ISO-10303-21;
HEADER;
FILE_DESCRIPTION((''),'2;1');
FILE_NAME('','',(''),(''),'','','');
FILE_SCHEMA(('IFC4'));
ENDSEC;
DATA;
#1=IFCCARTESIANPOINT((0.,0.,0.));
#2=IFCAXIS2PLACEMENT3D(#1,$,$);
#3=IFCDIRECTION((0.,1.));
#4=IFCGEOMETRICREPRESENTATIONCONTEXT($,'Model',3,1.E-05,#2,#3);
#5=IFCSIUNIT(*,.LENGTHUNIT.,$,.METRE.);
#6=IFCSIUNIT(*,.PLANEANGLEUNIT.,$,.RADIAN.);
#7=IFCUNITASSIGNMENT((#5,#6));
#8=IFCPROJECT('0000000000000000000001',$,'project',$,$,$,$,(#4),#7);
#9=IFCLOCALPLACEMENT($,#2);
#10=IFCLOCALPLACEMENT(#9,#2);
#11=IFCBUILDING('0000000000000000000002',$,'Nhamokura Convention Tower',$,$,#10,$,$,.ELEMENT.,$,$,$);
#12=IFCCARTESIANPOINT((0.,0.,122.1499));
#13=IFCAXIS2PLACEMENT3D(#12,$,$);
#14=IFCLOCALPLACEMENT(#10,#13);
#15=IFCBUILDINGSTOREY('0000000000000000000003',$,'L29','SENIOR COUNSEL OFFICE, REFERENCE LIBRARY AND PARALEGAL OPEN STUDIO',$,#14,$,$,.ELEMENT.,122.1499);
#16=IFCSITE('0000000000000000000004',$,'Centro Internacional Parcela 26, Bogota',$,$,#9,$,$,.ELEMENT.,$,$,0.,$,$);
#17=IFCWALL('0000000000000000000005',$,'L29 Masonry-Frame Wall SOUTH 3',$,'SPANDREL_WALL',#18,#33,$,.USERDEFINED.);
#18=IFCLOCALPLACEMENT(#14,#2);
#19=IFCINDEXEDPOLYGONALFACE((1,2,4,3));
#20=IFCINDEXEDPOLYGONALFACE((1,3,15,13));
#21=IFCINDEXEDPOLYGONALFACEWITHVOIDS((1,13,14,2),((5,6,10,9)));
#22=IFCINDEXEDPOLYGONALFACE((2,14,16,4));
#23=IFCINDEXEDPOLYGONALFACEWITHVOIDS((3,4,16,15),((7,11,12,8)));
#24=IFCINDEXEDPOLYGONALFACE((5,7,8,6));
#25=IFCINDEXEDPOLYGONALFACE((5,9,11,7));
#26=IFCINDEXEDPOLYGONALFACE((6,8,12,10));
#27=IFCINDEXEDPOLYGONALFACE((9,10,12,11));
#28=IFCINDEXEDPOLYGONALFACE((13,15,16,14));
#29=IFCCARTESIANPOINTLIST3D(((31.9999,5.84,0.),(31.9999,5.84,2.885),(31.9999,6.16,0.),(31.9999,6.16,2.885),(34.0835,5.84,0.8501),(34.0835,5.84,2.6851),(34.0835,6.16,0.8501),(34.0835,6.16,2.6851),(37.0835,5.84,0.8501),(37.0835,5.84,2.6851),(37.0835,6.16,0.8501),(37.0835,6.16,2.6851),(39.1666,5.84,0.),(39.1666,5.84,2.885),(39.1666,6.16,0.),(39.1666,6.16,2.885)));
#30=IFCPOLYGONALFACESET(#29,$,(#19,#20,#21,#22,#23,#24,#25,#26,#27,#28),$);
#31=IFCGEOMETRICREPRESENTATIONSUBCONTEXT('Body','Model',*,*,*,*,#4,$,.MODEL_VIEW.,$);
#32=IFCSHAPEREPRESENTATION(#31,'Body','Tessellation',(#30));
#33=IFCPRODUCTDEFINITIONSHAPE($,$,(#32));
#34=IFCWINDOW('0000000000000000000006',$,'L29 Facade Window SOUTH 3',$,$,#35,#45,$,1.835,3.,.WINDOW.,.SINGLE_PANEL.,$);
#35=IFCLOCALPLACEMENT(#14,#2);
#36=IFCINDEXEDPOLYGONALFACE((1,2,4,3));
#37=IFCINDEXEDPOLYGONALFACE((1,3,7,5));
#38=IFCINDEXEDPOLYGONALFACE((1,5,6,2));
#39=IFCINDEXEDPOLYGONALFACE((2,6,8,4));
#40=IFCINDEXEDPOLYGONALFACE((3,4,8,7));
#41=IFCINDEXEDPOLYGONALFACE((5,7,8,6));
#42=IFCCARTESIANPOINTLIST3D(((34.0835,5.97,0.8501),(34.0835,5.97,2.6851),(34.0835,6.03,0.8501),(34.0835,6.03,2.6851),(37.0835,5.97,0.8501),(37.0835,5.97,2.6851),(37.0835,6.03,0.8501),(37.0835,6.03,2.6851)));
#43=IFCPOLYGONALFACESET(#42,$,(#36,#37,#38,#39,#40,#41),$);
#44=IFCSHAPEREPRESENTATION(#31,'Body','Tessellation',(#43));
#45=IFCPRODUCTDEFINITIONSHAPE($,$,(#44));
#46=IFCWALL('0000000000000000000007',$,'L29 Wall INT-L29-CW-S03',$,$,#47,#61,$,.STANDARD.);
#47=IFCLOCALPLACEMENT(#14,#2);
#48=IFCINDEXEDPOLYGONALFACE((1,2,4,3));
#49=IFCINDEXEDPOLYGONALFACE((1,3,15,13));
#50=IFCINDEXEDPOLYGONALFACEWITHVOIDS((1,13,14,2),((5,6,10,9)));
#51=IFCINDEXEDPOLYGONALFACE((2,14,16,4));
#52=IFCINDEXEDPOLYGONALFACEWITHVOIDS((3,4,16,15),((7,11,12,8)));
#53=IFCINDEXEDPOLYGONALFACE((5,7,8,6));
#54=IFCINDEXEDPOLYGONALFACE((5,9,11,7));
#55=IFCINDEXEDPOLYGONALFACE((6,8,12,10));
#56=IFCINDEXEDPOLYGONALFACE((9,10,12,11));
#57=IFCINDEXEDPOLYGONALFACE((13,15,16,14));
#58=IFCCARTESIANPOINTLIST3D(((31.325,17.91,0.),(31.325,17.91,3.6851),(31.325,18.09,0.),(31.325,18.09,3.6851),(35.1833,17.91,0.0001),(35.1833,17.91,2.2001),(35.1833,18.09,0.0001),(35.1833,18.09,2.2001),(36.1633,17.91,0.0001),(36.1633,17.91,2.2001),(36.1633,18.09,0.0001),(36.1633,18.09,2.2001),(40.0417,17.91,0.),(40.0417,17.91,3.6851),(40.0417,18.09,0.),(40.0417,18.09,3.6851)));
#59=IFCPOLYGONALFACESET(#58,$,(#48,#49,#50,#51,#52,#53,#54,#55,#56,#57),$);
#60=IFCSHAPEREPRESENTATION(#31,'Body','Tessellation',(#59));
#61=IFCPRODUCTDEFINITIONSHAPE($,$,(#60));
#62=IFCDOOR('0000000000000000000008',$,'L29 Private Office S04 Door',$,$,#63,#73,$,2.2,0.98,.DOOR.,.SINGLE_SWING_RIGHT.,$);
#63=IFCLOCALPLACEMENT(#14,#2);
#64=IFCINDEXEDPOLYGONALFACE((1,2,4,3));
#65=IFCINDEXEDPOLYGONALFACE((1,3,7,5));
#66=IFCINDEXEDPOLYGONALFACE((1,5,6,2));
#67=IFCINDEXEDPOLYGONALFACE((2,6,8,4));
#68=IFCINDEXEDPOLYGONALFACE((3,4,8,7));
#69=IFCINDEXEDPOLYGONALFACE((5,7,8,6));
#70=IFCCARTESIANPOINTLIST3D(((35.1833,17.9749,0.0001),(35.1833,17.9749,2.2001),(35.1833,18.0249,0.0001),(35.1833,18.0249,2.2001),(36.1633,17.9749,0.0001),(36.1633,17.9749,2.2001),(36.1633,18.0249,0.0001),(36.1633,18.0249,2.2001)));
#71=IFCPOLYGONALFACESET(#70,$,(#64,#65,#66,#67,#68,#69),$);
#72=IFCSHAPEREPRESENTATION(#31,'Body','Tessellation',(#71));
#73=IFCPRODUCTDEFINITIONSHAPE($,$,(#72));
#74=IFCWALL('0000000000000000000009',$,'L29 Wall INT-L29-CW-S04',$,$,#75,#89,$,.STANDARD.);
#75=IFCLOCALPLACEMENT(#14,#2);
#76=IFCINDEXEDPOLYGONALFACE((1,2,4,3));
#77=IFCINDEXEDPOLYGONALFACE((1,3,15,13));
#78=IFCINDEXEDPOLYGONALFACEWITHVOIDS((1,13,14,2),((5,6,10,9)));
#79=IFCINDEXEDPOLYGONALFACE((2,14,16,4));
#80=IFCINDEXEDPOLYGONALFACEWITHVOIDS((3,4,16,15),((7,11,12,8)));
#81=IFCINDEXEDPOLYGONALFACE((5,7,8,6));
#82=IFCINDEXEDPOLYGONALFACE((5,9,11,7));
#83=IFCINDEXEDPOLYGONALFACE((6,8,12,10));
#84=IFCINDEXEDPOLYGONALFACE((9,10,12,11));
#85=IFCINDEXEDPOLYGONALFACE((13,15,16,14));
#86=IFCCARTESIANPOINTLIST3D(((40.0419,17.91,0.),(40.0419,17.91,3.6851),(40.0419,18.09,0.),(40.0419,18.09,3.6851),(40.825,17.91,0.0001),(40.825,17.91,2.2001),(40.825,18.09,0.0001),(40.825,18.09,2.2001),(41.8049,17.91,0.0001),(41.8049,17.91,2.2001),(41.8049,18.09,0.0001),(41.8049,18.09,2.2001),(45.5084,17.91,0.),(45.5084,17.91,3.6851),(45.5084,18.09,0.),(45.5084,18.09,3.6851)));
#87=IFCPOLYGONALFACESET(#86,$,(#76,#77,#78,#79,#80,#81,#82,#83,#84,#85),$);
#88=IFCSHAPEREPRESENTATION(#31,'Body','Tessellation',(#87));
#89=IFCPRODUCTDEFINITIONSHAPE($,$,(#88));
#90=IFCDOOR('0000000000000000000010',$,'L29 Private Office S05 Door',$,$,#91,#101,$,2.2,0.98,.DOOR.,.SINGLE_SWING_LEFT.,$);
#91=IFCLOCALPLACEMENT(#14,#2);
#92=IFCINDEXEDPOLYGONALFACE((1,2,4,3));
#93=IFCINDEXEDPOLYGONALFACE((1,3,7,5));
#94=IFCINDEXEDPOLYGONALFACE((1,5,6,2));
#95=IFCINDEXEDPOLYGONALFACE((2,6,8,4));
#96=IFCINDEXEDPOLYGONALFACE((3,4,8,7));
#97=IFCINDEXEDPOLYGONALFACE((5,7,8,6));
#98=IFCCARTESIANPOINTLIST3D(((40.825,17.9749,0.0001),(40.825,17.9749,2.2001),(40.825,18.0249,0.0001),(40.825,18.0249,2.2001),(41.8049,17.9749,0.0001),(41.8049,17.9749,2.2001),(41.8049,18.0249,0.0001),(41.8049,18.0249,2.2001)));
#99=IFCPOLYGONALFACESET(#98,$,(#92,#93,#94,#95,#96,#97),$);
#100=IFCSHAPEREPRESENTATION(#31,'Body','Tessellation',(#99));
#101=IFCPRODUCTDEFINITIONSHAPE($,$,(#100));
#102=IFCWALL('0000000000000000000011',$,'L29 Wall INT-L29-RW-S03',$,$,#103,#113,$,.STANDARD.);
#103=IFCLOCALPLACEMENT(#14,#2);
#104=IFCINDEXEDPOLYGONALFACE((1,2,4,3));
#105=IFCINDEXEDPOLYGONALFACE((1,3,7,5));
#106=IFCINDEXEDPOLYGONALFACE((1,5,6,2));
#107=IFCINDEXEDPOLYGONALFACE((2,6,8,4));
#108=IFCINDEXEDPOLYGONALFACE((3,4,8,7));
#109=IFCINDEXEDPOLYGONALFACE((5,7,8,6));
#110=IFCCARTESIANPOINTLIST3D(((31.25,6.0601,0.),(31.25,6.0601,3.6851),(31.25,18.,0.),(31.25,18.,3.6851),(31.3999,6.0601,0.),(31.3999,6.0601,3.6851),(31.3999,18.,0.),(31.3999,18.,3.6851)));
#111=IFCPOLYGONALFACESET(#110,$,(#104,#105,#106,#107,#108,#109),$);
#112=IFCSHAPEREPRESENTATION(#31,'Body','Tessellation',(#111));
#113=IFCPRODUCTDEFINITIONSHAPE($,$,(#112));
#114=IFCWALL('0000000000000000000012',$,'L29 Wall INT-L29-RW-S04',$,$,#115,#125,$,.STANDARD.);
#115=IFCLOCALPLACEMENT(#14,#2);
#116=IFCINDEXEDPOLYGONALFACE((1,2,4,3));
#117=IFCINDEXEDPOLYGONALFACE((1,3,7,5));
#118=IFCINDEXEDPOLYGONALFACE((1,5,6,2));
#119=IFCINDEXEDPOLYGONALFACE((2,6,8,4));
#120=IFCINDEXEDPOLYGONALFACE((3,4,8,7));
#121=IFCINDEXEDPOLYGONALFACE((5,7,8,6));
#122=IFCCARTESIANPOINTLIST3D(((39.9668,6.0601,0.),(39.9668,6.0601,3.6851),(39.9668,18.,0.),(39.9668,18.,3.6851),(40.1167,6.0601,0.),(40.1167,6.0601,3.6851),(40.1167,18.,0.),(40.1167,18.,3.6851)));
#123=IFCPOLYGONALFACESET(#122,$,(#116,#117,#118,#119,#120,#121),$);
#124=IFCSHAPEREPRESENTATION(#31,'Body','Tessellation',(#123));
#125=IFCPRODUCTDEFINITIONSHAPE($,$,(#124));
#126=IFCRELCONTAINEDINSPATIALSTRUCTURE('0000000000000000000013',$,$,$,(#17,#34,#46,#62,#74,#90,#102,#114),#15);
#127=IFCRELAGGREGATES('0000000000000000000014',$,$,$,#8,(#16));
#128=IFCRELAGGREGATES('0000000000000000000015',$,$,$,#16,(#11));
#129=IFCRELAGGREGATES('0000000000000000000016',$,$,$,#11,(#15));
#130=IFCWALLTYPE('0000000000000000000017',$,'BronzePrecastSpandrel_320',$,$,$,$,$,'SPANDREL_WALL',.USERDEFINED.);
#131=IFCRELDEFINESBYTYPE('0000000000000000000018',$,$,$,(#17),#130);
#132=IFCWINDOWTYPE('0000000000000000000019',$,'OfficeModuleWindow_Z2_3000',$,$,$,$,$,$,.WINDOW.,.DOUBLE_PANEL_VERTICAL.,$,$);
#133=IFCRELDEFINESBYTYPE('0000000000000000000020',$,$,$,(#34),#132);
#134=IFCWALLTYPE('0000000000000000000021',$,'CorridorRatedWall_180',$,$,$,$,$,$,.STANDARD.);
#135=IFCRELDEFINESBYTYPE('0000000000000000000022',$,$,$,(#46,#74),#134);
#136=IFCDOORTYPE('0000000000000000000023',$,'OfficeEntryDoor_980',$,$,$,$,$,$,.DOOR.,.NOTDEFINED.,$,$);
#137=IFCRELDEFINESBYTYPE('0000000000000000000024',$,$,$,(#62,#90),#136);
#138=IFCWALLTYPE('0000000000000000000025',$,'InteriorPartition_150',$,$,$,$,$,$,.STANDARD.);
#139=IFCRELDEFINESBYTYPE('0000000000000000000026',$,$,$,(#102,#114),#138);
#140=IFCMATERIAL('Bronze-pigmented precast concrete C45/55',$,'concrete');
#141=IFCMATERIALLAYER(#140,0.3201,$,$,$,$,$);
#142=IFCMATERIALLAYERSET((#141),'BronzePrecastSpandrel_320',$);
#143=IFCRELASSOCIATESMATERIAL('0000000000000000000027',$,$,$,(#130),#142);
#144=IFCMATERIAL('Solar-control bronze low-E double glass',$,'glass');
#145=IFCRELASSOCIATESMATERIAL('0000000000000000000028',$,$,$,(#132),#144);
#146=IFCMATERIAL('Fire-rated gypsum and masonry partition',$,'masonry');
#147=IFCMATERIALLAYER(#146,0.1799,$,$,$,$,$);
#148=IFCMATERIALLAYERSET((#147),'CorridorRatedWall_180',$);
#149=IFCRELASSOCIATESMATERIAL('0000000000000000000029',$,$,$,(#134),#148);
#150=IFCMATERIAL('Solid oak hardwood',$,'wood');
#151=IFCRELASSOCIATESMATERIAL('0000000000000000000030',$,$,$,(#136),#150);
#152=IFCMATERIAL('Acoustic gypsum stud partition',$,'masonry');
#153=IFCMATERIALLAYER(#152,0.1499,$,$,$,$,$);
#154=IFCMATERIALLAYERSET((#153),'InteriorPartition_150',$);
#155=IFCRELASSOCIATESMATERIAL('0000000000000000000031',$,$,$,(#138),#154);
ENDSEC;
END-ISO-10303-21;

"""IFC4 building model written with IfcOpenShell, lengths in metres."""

from ifc_helpers import new_model, si_unit, direction, frame, frame_2d, origin, place, context, subcontext, project, spatial, rectangle, extrude, material, layer, layer_set, type_object, element, fill, save


model = new_model("IFC4")

# Units and contexts
model_context = context("Model", 3, precision=1e-05, world=origin(), true_north=direction((0.0, 1.0)))
body_context = subcontext(model_context, "Body", "Model", "MODEL_VIEW")
ifc_project = project(units=[si_unit("LENGTHUNIT", "METRE"), si_unit("PLANEANGLEUNIT", "RADIAN")], contexts=[model_context])

# Site, building, storey
site_placement = place(None, origin())
site = spatial("IfcSite", under=ifc_project, at=site_placement, Name="Centro Internacional Parcela 26, Bogota", CompositionType="ELEMENT", RefElevation=0.0)
building_placement = place(site_placement, origin())
building = spatial("IfcBuilding", under=site, at=building_placement, Name="Nhamokura Convention Tower", CompositionType="ELEMENT")
storey_placement = place(building_placement, frame((0.0, 0.0, 122.1499)))
storey = spatial("IfcBuildingStorey", under=building, at=storey_placement, Name="L29", Description="SENIOR COUNSEL OFFICE, REFERENCE LIBRARY AND PARALEGAL OPEN STUDIO", CompositionType="ELEMENT", Elevation=122.1499)

# Wall, opening, window
ifc_material_1 = material(Name="Bronze-pigmented precast concrete C45/55", Category="concrete")
ifc_layer_1 = layer(ifc_material_1, 0.3201)
ifc_layer_set_1 = layer_set([ifc_layer_1], Name="BronzePrecastSpandrel_320")
wall_type_1 = type_object("IfcWallType", Name="BronzePrecastSpandrel_320", ElementType="SPANDREL_WALL", PredefinedType="USERDEFINED", material=ifc_layer_set_1)
ifc_material_2 = material(Name="Solar-control bronze low-E double glass", Category="glass")
window_type = type_object("IfcWindowType", Name="OfficeModuleWindow_Z2_3000", PartitioningType="DOUBLE_PANEL_VERTICAL", PredefinedType="WINDOW", material=ifc_material_2)
wall_1_placement = place(storey_placement, frame((39.1667, 6.0, 0.0), z_axis=(0.0, 0.0, 1.0), x_axis=(-1.0, 0.0, 0.0)))
wall_1 = element("IfcWall", 1, at=wall_1_placement, inside=storey, type_object=wall_type_1, Name="L29 Masonry-Frame Wall SOUTH 3", ObjectType="SPANDREL_WALL", PredefinedType="USERDEFINED", context=body_context, shape_type="SweptSolid", body=[
    extrude(rectangle(XDim=7.1667, YDim=0.3201, at=frame_2d((3.5835, 0.0))), origin(), (0.0, 0.0, 1.0), 2.885),
])
opening_1_placement = place(wall_1_placement, frame((2.0833, 0.0, 0.8501)))
opening_1 = element("IfcOpeningElement", 2, at=opening_1_placement, cuts=wall_1, PredefinedType="OPENING", context=body_context, shape_type="SweptSolid", body=[
    extrude(rectangle(XDim=3.0, YDim=1.835, at=frame_2d((1.5, 0.9175))), frame((0.0, 0.1699, 0.0), z_axis=(0.0, -1.0, 0.0), x_axis=(1.0, 0.0, 0.0)), (0.0, 0.0, 1.0), 0.3401),
])
window_1_placement = place(opening_1_placement, origin())
window_1 = element("IfcWindow", 3, at=window_1_placement, inside=storey, type_object=window_type, Name="L29 Facade Window SOUTH 3", OverallHeight=1.835, OverallWidth=3.0, PartitioningType="SINGLE_PANEL", PredefinedType="WINDOW", context=body_context, shape_type="SweptSolid", body=[
    extrude(rectangle(XDim=3.0, YDim=1.835, at=frame_2d((1.5, 0.9175))), frame((0.0, 0.03, 0.0), z_axis=(0.0, -1.0, 0.0), x_axis=(1.0, 0.0, 0.0)), (0.0, 0.0, 1.0), 0.0601),
])
fill(opening_1, window_1)

# Walls, openings, doors
ifc_material_3 = material(Name="Fire-rated gypsum and masonry partition", Category="masonry")
ifc_layer_2 = layer(ifc_material_3, 0.1799)
ifc_layer_set_2 = layer_set([ifc_layer_2], Name="CorridorRatedWall_180")
wall_type_2 = type_object("IfcWallType", Name="CorridorRatedWall_180", PredefinedType="STANDARD", material=ifc_layer_set_2)
wall_2_placement = place(storey_placement, frame((31.325, 18.0, 0.0), z_axis=(0.0, 0.0, 1.0), x_axis=(1.0, 0.0, 0.0)))
wall_2 = element("IfcWall", 4, at=wall_2_placement, inside=storey, type_object=wall_type_2, Name="L29 Wall INT-L29-CW-S03", PredefinedType="STANDARD", context=body_context, shape_type="SweptSolid", body=[
    extrude(rectangle(XDim=8.7168, YDim=0.1799, at=frame_2d((4.3584, 0.0))), origin(), (0.0, 0.0, 1.0), 3.6851),
])
opening_2_placement = place(wall_2_placement, frame((3.8584, 0.0, 0.0)))
opening_2 = element("IfcOpeningElement", 5, at=opening_2_placement, cuts=wall_2, PredefinedType="OPENING", context=body_context, shape_type="SweptSolid", body=[
    extrude(rectangle(XDim=0.98, YDim=2.2, at=frame_2d((0.49, 1.1001))), frame((0.0, 0.0999, 0.0), z_axis=(0.0, -1.0, 0.0), x_axis=(1.0, 0.0, 0.0)), (0.0, 0.0, 1.0), 0.2),
])
ifc_material_4 = material(Name="Solid oak hardwood", Category="wood")
door_type_1 = type_object("IfcDoorType", Name="OfficeEntryDoor_980", OperationType="NOTDEFINED", PredefinedType="DOOR", material=ifc_material_4)
door_1_placement = place(opening_2_placement, origin())
door_1 = element("IfcDoor", 6, at=door_1_placement, inside=storey, type_object=door_type_1, Name="L29 Private Office S04 Door", OperationType="SINGLE_SWING_RIGHT", OverallHeight=2.2, OverallWidth=0.98, PredefinedType="DOOR", context=body_context, shape_type="SweptSolid", body=[
    extrude(rectangle(XDim=0.98, YDim=2.2, at=frame_2d((0.49, 1.1001))), frame((0.0, 0.0249, 0.0), z_axis=(0.0, -1.0, 0.0), x_axis=(1.0, 0.0, 0.0)), (0.0, 0.0, 1.0), 0.05),
])
fill(opening_2, door_1)
wall_3_placement = place(storey_placement, frame((40.0417, 18.0, 0.0), z_axis=(0.0, 0.0, 1.0), x_axis=(1.0, 0.0, 0.0)))
wall_3 = element("IfcWall", 7, at=wall_3_placement, inside=storey, type_object=wall_type_2, Name="L29 Wall INT-L29-CW-S04", PredefinedType="STANDARD", context=body_context, shape_type="SweptSolid", body=[
    extrude(rectangle(XDim=5.4666, YDim=0.1799, at=frame_2d((2.7334, 0.0))), origin(), (0.0, 0.0, 1.0), 3.6851),
])
opening_3_placement = place(wall_3_placement, frame((0.7832, 0.0, 0.0)))
opening_3 = element("IfcOpeningElement", 8, at=opening_3_placement, cuts=wall_3, PredefinedType="OPENING", context=body_context, shape_type="SweptSolid", body=[
    extrude(rectangle(XDim=0.98, YDim=2.2, at=frame_2d((0.49, 1.1001))), frame((0.0, 0.0999, 0.0), z_axis=(0.0, -1.0, 0.0), x_axis=(1.0, 0.0, 0.0)), (0.0, 0.0, 1.0), 0.2),
])
door_2_placement = place(opening_3_placement, origin())
door_2 = element("IfcDoor", 9, at=door_2_placement, inside=storey, type_object=door_type_1, Name="L29 Private Office S05 Door", OperationType="SINGLE_SWING_LEFT", OverallHeight=2.2, OverallWidth=0.98, PredefinedType="DOOR", context=body_context, shape_type="SweptSolid", body=[
    extrude(rectangle(XDim=0.98, YDim=2.2, at=frame_2d((0.49, 1.1001))), frame((0.0, 0.0249, 0.0), z_axis=(0.0, -1.0, 0.0), x_axis=(1.0, 0.0, 0.0)), (0.0, 0.0, 1.0), 0.05),
])
fill(opening_3, door_2)

# Walls
ifc_material_5 = material(Name="Acoustic gypsum stud partition", Category="masonry")
ifc_layer_3 = layer(ifc_material_5, 0.1499)
ifc_layer_set_3 = layer_set([ifc_layer_3], Name="InteriorPartition_150")
wall_type_3 = type_object("IfcWallType", Name="InteriorPartition_150", PredefinedType="STANDARD", material=ifc_layer_set_3)
for number, where, z_axis, x_axis, name in (
    (10, (31.325, 6.0601, 0.0), (0.0, 0.0, 1.0), (0.0, 1.0, 0.0), "L29 Wall INT-L29-RW-S03"),
    (11, (40.0417, 6.0601, 0.0), (0.0, 0.0, 1.0), (0.0, 1.0, 0.0), "L29 Wall INT-L29-RW-S04"),
):
    element("IfcWall", number, at=place(storey_placement, frame(where, z_axis=z_axis, x_axis=x_axis)), inside=storey, type_object=wall_type_3, Name=name, PredefinedType="STANDARD", context=body_context, shape_type="SweptSolid", body=[
        extrude(rectangle(XDim=11.9399, YDim=0.1499, at=frame_2d((5.97, 0.0))), origin(), (0.0, 0.0, 1.0), 3.6851),
    ])

save(model, "model.ifc")
